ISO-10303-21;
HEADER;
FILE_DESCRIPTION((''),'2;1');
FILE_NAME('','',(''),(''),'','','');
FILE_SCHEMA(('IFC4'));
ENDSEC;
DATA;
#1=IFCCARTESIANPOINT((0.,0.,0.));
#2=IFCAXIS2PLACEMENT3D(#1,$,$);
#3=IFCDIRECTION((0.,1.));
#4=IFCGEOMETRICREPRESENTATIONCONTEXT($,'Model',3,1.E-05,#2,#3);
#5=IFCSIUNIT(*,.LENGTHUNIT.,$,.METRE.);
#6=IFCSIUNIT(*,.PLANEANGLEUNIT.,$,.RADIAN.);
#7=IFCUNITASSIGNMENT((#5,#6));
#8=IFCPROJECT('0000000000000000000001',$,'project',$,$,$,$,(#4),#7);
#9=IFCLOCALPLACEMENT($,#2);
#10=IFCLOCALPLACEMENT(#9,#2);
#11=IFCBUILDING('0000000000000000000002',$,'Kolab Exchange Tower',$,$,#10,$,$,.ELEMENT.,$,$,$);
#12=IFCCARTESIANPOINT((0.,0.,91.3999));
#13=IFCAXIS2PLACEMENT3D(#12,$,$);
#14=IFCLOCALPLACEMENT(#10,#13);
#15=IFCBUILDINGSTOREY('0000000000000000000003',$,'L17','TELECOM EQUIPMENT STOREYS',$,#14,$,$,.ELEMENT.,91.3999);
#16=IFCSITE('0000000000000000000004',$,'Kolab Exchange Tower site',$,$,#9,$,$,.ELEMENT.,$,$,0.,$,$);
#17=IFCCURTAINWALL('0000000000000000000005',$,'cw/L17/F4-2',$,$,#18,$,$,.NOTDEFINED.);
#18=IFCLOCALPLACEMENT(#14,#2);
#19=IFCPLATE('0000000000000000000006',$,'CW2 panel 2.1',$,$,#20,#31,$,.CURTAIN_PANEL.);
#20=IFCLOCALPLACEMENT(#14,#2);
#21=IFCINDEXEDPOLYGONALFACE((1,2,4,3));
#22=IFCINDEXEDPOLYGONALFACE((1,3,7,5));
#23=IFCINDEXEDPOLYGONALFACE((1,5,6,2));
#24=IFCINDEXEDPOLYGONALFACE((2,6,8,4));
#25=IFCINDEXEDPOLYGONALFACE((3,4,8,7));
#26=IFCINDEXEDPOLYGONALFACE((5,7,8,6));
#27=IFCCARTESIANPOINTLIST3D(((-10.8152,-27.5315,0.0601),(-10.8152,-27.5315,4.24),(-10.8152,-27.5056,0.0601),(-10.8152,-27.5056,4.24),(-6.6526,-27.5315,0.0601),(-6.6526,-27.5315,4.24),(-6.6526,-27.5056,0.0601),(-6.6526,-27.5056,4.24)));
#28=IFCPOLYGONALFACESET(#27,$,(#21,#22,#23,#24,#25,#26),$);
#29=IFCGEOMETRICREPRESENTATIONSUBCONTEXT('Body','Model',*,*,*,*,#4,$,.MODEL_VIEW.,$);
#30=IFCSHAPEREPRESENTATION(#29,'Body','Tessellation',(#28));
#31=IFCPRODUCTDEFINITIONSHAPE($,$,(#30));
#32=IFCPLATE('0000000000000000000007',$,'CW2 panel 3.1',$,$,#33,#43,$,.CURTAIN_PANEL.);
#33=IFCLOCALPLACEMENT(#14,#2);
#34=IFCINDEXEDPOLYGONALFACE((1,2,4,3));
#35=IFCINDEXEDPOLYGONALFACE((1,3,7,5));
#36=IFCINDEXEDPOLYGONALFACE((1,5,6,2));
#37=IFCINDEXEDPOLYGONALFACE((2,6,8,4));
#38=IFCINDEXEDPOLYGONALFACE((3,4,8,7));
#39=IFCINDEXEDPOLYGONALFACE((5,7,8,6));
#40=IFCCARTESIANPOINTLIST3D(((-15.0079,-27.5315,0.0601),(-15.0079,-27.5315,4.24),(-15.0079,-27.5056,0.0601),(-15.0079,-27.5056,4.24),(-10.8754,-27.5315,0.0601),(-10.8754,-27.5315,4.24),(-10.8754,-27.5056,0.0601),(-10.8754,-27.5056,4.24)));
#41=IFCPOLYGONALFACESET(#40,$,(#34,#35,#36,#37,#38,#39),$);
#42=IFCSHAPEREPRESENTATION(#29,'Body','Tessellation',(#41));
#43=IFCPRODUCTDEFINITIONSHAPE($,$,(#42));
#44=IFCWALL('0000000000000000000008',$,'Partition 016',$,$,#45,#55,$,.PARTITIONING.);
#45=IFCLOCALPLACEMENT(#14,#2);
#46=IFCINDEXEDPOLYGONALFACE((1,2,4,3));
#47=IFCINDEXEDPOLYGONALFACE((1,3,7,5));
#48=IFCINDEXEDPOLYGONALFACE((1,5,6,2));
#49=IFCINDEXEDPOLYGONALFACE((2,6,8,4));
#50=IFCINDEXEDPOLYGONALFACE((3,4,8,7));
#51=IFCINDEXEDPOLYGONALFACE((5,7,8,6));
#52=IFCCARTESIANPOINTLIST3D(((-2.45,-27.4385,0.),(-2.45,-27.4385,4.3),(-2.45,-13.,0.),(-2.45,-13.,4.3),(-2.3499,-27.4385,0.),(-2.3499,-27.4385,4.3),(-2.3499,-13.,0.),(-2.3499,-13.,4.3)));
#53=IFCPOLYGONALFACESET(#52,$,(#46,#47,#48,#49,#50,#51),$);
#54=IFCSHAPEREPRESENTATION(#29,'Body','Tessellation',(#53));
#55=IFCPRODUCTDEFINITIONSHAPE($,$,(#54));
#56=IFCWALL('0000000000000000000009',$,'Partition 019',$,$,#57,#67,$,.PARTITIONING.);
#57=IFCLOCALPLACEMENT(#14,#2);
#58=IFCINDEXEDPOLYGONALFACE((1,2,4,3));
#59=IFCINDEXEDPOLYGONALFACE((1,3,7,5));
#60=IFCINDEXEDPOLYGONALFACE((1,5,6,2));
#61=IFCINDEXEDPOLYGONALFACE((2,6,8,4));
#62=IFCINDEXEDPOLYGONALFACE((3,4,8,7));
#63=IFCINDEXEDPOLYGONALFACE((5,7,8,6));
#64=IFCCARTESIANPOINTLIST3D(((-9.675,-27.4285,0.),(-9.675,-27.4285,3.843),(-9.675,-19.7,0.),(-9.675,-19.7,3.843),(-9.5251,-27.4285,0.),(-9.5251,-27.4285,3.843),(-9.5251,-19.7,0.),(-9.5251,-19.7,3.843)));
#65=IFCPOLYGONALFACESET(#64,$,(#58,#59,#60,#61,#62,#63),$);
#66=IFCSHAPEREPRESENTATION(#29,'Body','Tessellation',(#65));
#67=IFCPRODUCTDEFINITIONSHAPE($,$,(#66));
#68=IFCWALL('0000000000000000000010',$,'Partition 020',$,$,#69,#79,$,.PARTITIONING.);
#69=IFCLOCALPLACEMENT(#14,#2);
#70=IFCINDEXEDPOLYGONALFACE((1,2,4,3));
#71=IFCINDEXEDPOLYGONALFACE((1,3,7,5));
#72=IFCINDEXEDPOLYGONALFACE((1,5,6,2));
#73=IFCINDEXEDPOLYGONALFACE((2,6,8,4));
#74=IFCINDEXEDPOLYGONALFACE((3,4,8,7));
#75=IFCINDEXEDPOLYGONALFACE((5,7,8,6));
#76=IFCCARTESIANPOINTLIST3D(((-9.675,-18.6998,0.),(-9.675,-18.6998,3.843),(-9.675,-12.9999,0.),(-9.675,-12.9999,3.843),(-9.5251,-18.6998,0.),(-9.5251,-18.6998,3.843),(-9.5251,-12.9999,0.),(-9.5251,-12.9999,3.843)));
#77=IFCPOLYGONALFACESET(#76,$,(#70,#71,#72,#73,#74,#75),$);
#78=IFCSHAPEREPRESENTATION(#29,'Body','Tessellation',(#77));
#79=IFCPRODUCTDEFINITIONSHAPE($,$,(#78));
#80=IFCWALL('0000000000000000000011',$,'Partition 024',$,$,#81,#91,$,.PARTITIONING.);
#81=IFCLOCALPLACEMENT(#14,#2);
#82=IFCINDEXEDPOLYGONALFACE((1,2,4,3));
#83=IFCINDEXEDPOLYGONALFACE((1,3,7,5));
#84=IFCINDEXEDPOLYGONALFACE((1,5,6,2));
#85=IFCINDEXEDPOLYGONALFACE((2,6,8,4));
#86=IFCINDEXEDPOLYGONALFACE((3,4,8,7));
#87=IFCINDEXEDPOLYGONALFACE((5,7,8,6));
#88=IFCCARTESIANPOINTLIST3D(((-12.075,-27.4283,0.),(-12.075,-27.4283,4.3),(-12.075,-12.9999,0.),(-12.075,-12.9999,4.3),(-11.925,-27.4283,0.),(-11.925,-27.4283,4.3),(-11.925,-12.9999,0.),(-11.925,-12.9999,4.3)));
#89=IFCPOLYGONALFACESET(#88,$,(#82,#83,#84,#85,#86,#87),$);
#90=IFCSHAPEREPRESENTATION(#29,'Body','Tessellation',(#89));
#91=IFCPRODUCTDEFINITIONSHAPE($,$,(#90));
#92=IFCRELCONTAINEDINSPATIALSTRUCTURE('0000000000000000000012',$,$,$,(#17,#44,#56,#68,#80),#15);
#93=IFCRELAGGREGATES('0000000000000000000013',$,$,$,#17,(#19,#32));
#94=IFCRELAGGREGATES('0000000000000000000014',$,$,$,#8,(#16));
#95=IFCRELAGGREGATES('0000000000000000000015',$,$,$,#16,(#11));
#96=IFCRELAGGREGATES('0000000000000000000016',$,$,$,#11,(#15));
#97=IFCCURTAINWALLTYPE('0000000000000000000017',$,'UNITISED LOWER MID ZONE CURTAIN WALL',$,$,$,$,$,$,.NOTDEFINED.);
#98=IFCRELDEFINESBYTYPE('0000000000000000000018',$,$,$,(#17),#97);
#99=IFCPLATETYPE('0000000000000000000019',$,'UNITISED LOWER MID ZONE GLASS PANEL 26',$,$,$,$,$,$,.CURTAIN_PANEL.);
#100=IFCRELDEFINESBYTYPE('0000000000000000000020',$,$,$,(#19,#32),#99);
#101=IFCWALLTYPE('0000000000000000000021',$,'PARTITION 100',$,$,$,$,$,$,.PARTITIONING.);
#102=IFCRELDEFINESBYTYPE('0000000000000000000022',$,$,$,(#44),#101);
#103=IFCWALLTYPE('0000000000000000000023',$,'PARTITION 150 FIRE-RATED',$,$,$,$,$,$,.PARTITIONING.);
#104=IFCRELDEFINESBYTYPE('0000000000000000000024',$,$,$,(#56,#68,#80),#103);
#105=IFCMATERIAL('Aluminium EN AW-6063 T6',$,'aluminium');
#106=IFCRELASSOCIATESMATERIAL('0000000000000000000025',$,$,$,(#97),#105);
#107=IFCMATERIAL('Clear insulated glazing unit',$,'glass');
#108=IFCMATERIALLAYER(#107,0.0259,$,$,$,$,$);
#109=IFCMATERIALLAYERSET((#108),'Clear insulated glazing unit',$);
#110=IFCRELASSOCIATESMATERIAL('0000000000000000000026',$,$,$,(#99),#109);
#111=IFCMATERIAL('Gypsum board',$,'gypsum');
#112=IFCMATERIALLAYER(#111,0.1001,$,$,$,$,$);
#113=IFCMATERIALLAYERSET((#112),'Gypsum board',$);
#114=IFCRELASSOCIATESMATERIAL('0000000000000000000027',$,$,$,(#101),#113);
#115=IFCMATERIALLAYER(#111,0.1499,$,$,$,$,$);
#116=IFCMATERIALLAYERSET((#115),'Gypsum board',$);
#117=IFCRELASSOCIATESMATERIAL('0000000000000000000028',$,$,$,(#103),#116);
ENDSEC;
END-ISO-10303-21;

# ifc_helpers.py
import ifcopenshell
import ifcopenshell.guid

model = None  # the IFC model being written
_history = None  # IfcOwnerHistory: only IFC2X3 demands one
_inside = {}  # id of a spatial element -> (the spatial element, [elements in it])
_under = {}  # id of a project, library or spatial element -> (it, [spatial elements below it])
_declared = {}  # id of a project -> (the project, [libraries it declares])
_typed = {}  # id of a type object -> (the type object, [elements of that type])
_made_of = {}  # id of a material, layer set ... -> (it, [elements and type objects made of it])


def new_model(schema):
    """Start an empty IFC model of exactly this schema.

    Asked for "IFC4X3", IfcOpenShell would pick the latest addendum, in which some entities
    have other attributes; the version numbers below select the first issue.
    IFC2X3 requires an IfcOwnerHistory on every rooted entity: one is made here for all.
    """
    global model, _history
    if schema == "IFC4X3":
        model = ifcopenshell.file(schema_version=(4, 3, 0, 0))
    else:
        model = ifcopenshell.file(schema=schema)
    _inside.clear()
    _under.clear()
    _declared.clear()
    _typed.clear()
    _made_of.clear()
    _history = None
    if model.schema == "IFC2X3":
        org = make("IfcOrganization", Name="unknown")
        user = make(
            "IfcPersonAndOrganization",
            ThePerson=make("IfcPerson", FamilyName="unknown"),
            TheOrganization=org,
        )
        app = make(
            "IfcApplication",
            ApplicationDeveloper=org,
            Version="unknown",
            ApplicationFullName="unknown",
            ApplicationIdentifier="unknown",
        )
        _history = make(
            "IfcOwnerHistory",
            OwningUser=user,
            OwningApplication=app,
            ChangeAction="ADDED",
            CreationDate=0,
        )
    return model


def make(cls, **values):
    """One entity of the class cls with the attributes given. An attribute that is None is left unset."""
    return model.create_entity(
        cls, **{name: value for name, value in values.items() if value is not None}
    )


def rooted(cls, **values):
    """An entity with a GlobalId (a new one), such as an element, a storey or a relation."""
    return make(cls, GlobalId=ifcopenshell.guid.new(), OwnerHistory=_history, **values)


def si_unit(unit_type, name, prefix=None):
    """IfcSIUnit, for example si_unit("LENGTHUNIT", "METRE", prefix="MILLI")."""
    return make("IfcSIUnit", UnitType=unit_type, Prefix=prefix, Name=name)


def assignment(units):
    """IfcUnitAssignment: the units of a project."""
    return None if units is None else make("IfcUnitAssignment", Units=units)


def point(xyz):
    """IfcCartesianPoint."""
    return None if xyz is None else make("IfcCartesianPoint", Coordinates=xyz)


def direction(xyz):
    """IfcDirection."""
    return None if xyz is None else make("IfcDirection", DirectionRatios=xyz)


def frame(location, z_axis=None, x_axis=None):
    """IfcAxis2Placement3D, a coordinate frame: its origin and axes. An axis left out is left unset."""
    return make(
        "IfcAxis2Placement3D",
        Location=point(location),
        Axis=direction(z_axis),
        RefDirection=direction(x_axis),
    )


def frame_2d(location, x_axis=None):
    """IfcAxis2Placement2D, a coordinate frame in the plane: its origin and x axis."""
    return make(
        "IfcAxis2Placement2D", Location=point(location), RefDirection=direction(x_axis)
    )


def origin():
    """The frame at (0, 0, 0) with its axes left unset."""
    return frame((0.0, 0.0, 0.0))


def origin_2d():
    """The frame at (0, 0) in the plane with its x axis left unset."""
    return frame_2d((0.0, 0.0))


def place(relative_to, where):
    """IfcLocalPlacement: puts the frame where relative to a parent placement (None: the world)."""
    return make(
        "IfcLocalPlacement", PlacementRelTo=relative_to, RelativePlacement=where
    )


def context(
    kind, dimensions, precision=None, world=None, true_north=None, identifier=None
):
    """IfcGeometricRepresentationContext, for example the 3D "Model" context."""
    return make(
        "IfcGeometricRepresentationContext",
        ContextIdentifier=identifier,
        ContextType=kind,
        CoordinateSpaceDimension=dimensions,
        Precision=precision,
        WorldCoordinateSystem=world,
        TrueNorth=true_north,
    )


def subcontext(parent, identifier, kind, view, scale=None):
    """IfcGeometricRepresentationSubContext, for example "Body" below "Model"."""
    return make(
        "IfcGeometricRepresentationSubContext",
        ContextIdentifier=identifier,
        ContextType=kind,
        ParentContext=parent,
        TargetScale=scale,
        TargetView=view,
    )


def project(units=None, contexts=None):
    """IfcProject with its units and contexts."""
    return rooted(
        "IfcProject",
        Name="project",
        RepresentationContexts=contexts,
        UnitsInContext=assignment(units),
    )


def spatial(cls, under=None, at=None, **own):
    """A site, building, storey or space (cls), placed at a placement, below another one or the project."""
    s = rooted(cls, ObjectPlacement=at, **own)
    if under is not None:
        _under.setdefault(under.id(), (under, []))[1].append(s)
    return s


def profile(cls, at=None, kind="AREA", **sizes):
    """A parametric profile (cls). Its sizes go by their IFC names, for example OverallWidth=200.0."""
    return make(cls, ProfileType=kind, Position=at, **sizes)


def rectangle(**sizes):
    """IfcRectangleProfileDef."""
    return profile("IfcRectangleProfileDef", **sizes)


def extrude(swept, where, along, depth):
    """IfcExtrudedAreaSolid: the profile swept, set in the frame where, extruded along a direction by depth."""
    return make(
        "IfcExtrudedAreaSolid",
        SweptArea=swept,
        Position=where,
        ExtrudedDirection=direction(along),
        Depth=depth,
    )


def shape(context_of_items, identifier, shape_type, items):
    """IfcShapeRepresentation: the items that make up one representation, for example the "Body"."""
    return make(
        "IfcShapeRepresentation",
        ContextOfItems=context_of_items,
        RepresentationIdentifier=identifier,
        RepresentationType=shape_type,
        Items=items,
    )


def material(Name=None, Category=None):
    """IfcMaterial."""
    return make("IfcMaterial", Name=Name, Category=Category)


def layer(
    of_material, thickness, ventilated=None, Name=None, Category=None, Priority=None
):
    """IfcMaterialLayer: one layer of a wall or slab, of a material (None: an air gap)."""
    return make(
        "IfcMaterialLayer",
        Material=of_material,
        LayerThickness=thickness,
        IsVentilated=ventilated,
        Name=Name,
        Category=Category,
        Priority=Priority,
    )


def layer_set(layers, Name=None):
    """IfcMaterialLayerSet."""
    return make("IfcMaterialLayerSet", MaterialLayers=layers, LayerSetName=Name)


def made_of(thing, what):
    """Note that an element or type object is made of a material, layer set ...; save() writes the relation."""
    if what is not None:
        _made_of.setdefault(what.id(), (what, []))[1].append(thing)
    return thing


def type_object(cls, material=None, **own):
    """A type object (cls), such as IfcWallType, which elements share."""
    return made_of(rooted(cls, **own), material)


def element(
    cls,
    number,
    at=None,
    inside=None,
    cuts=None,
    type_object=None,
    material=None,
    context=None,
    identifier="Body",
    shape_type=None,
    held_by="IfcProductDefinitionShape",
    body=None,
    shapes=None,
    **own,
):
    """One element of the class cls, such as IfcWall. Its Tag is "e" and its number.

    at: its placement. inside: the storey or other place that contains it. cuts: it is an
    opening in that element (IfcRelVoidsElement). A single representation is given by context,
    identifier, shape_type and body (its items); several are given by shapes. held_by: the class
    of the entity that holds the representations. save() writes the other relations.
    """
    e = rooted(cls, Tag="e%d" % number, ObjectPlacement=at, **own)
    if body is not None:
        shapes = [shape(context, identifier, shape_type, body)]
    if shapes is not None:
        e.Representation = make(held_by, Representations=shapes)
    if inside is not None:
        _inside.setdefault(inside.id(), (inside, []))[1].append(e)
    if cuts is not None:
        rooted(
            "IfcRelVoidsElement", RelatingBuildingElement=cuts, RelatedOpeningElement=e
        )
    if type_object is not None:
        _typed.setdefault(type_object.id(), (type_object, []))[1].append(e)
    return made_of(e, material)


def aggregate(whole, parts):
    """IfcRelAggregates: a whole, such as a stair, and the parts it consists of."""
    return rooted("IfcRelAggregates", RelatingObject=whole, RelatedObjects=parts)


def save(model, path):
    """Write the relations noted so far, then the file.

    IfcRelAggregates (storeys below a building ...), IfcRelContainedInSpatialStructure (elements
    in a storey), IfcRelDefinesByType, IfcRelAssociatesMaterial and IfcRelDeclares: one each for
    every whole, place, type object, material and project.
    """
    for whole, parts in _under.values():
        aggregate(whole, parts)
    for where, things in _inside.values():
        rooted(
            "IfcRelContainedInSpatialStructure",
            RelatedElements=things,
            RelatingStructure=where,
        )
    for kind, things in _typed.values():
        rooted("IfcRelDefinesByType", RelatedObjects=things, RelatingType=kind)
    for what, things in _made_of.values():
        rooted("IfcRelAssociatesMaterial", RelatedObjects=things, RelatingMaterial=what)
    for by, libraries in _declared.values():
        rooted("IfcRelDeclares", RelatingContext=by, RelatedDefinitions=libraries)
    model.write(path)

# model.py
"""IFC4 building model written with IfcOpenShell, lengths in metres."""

from ifc_helpers import new_model, si_unit, direction, frame, frame_2d, origin, origin_2d, place, context, subcontext, project, spatial, rectangle, extrude, material, layer, layer_set, type_object, element, aggregate, save


model = new_model("IFC4")

# Units and contexts
model_context = context("Model", 3, precision=1e-05, world=origin(), true_north=direction((0.0, 1.0)))
body_context = subcontext(model_context, "Body", "Model", "MODEL_VIEW")
ifc_project = project(units=[si_unit("LENGTHUNIT", "METRE"), si_unit("PLANEANGLEUNIT", "RADIAN")], contexts=[model_context])

# Site, building, storey
site_placement = place(None, origin())
site = spatial("IfcSite", under=ifc_project, at=site_placement, Name="Kolab Exchange Tower site", CompositionType="ELEMENT", RefElevation=0.0)
building_placement = place(site_placement, origin())
building = spatial("IfcBuilding", under=site, at=building_placement, Name="Kolab Exchange Tower", CompositionType="ELEMENT")
storey_placement = place(building_placement, frame((0.0, 0.0, 91.3999)))
storey = spatial("IfcBuildingStorey", under=building, at=storey_placement, Name="L17", Description="TELECOM EQUIPMENT STOREYS", CompositionType="ELEMENT", Elevation=91.3999)

# Curtain wall, plates
ifc_material_1 = material(Name="Aluminium EN AW-6063 T6", Category="aluminium")
curtain_wall_type = type_object("IfcCurtainWallType", Name="UNITISED LOWER MID ZONE CURTAIN WALL", PredefinedType="NOTDEFINED", material=ifc_material_1)
curtain_wall_placement = place(storey_placement, origin())
curtain_wall = element("IfcCurtainWall", 1, at=curtain_wall_placement, inside=storey, type_object=curtain_wall_type, Name="cw/L17/F4-2", PredefinedType="NOTDEFINED")
ifc_material_2 = material(Name="Clear insulated glazing unit", Category="glass")
ifc_layer_1 = layer(ifc_material_2, 0.0259)
ifc_layer_set_1 = layer_set([ifc_layer_1], Name="Clear insulated glazing unit")
plate_type = type_object("IfcPlateType", Name="UNITISED LOWER MID ZONE GLASS PANEL 26", PredefinedType="CURTAIN_PANEL", material=ifc_layer_set_1)
plate_1_placement = place(storey_placement, frame((-8.7339, -27.5186, 0.0601), z_axis=(0.0, 0.0, 1.0), x_axis=(-1.0, 0.0, 0.0)))
plate_1 = element("IfcPlate", 2, at=plate_1_placement, type_object=plate_type, Name="CW2 panel 2.1", PredefinedType="CURTAIN_PANEL", context=body_context, shape_type="SweptSolid", body=[
    extrude(rectangle(XDim=4.1626, YDim=0.0259, at=origin_2d()), origin(), (0.0, 0.0, 1.0), 4.1799),
])
plate_2_placement = place(storey_placement, frame((-12.9417, -27.5186, 0.0601), z_axis=(0.0, 0.0, 1.0), x_axis=(-1.0, 0.0, 0.0)))
plate_2 = element("IfcPlate", 3, at=plate_2_placement, type_object=plate_type, Name="CW2 panel 3.1", PredefinedType="CURTAIN_PANEL", context=body_context, shape_type="SweptSolid", body=[
    extrude(rectangle(XDim=4.1326, YDim=0.0259, at=origin_2d()), origin(), (0.0, 0.0, 1.0), 4.1799),
])
aggregate(curtain_wall, [plate_1, plate_2])

# Walls
ifc_material_3 = material(Name="Gypsum board", Category="gypsum")
ifc_layer_2 = layer(ifc_material_3, 0.1001)
ifc_layer_set_2 = layer_set([ifc_layer_2], Name="Gypsum board")
wall_type_1 = type_object("IfcWallType", Name="PARTITION 100", PredefinedType="PARTITIONING", material=ifc_layer_set_2)
wall_1_placement = place(storey_placement, frame((-2.3999, -27.4385, 0.0), z_axis=(0.0, 0.0, 1.0), x_axis=(0.0, 1.0, 0.0)))
element("IfcWall", 4, at=wall_1_placement, inside=storey, type_object=wall_type_1, Name="Partition 016", PredefinedType="PARTITIONING", context=body_context, shape_type="SweptSolid", body=[
    extrude(rectangle(XDim=14.4385, YDim=0.1001, at=frame_2d((7.2192, 0.0))), origin(), (0.0, 0.0, 1.0), 4.3),
])
ifc_layer_3 = layer(ifc_material_3, 0.1499)
ifc_layer_set_3 = layer_set([ifc_layer_3], Name="Gypsum board")
wall_type_2 = type_object("IfcWallType", Name="PARTITION 150 FIRE-RATED", PredefinedType="PARTITIONING", material=ifc_layer_set_3)
wall_2_placement = place(storey_placement, frame((-9.6001, -27.4285, 0.0), z_axis=(0.0, 0.0, 1.0), x_axis=(0.0, 1.0, 0.0)))
element("IfcWall", 5, at=wall_2_placement, inside=storey, type_object=wall_type_2, Name="Partition 019", PredefinedType="PARTITIONING", context=body_context, shape_type="SweptSolid", body=[
    extrude(rectangle(XDim=7.7285, YDim=0.1499, at=frame_2d((3.8643, 0.0))), origin(), (0.0, 0.0, 1.0), 3.843),
])
wall_3_placement = place(storey_placement, frame((-9.6001, -18.7, 0.0), z_axis=(0.0, 0.0, 1.0), x_axis=(0.0, 1.0, 0.0)))
element("IfcWall", 6, at=wall_3_placement, inside=storey, type_object=wall_type_2, Name="Partition 020", PredefinedType="PARTITIONING", context=body_context, shape_type="SweptSolid", body=[
    extrude(rectangle(XDim=5.7, YDim=0.1499, at=frame_2d((2.8501, 0.0))), origin(), (0.0, 0.0, 1.0), 3.843),
])
wall_4_placement = place(storey_placement, frame((-12.0, -27.4285, 0.0), z_axis=(0.0, 0.0, 1.0), x_axis=(0.0, 1.0, 0.0)))
element("IfcWall", 7, at=wall_4_placement, inside=storey, type_object=wall_type_2, Name="Partition 024", PredefinedType="PARTITIONING", context=body_context, shape_type="SweptSolid", body=[
    extrude(rectangle(XDim=14.4285, YDim=0.1499, at=frame_2d((7.2144, 0.0))), origin(), (0.0, 0.0, 1.0), 4.3),
])

save(model, "model.ifc")
